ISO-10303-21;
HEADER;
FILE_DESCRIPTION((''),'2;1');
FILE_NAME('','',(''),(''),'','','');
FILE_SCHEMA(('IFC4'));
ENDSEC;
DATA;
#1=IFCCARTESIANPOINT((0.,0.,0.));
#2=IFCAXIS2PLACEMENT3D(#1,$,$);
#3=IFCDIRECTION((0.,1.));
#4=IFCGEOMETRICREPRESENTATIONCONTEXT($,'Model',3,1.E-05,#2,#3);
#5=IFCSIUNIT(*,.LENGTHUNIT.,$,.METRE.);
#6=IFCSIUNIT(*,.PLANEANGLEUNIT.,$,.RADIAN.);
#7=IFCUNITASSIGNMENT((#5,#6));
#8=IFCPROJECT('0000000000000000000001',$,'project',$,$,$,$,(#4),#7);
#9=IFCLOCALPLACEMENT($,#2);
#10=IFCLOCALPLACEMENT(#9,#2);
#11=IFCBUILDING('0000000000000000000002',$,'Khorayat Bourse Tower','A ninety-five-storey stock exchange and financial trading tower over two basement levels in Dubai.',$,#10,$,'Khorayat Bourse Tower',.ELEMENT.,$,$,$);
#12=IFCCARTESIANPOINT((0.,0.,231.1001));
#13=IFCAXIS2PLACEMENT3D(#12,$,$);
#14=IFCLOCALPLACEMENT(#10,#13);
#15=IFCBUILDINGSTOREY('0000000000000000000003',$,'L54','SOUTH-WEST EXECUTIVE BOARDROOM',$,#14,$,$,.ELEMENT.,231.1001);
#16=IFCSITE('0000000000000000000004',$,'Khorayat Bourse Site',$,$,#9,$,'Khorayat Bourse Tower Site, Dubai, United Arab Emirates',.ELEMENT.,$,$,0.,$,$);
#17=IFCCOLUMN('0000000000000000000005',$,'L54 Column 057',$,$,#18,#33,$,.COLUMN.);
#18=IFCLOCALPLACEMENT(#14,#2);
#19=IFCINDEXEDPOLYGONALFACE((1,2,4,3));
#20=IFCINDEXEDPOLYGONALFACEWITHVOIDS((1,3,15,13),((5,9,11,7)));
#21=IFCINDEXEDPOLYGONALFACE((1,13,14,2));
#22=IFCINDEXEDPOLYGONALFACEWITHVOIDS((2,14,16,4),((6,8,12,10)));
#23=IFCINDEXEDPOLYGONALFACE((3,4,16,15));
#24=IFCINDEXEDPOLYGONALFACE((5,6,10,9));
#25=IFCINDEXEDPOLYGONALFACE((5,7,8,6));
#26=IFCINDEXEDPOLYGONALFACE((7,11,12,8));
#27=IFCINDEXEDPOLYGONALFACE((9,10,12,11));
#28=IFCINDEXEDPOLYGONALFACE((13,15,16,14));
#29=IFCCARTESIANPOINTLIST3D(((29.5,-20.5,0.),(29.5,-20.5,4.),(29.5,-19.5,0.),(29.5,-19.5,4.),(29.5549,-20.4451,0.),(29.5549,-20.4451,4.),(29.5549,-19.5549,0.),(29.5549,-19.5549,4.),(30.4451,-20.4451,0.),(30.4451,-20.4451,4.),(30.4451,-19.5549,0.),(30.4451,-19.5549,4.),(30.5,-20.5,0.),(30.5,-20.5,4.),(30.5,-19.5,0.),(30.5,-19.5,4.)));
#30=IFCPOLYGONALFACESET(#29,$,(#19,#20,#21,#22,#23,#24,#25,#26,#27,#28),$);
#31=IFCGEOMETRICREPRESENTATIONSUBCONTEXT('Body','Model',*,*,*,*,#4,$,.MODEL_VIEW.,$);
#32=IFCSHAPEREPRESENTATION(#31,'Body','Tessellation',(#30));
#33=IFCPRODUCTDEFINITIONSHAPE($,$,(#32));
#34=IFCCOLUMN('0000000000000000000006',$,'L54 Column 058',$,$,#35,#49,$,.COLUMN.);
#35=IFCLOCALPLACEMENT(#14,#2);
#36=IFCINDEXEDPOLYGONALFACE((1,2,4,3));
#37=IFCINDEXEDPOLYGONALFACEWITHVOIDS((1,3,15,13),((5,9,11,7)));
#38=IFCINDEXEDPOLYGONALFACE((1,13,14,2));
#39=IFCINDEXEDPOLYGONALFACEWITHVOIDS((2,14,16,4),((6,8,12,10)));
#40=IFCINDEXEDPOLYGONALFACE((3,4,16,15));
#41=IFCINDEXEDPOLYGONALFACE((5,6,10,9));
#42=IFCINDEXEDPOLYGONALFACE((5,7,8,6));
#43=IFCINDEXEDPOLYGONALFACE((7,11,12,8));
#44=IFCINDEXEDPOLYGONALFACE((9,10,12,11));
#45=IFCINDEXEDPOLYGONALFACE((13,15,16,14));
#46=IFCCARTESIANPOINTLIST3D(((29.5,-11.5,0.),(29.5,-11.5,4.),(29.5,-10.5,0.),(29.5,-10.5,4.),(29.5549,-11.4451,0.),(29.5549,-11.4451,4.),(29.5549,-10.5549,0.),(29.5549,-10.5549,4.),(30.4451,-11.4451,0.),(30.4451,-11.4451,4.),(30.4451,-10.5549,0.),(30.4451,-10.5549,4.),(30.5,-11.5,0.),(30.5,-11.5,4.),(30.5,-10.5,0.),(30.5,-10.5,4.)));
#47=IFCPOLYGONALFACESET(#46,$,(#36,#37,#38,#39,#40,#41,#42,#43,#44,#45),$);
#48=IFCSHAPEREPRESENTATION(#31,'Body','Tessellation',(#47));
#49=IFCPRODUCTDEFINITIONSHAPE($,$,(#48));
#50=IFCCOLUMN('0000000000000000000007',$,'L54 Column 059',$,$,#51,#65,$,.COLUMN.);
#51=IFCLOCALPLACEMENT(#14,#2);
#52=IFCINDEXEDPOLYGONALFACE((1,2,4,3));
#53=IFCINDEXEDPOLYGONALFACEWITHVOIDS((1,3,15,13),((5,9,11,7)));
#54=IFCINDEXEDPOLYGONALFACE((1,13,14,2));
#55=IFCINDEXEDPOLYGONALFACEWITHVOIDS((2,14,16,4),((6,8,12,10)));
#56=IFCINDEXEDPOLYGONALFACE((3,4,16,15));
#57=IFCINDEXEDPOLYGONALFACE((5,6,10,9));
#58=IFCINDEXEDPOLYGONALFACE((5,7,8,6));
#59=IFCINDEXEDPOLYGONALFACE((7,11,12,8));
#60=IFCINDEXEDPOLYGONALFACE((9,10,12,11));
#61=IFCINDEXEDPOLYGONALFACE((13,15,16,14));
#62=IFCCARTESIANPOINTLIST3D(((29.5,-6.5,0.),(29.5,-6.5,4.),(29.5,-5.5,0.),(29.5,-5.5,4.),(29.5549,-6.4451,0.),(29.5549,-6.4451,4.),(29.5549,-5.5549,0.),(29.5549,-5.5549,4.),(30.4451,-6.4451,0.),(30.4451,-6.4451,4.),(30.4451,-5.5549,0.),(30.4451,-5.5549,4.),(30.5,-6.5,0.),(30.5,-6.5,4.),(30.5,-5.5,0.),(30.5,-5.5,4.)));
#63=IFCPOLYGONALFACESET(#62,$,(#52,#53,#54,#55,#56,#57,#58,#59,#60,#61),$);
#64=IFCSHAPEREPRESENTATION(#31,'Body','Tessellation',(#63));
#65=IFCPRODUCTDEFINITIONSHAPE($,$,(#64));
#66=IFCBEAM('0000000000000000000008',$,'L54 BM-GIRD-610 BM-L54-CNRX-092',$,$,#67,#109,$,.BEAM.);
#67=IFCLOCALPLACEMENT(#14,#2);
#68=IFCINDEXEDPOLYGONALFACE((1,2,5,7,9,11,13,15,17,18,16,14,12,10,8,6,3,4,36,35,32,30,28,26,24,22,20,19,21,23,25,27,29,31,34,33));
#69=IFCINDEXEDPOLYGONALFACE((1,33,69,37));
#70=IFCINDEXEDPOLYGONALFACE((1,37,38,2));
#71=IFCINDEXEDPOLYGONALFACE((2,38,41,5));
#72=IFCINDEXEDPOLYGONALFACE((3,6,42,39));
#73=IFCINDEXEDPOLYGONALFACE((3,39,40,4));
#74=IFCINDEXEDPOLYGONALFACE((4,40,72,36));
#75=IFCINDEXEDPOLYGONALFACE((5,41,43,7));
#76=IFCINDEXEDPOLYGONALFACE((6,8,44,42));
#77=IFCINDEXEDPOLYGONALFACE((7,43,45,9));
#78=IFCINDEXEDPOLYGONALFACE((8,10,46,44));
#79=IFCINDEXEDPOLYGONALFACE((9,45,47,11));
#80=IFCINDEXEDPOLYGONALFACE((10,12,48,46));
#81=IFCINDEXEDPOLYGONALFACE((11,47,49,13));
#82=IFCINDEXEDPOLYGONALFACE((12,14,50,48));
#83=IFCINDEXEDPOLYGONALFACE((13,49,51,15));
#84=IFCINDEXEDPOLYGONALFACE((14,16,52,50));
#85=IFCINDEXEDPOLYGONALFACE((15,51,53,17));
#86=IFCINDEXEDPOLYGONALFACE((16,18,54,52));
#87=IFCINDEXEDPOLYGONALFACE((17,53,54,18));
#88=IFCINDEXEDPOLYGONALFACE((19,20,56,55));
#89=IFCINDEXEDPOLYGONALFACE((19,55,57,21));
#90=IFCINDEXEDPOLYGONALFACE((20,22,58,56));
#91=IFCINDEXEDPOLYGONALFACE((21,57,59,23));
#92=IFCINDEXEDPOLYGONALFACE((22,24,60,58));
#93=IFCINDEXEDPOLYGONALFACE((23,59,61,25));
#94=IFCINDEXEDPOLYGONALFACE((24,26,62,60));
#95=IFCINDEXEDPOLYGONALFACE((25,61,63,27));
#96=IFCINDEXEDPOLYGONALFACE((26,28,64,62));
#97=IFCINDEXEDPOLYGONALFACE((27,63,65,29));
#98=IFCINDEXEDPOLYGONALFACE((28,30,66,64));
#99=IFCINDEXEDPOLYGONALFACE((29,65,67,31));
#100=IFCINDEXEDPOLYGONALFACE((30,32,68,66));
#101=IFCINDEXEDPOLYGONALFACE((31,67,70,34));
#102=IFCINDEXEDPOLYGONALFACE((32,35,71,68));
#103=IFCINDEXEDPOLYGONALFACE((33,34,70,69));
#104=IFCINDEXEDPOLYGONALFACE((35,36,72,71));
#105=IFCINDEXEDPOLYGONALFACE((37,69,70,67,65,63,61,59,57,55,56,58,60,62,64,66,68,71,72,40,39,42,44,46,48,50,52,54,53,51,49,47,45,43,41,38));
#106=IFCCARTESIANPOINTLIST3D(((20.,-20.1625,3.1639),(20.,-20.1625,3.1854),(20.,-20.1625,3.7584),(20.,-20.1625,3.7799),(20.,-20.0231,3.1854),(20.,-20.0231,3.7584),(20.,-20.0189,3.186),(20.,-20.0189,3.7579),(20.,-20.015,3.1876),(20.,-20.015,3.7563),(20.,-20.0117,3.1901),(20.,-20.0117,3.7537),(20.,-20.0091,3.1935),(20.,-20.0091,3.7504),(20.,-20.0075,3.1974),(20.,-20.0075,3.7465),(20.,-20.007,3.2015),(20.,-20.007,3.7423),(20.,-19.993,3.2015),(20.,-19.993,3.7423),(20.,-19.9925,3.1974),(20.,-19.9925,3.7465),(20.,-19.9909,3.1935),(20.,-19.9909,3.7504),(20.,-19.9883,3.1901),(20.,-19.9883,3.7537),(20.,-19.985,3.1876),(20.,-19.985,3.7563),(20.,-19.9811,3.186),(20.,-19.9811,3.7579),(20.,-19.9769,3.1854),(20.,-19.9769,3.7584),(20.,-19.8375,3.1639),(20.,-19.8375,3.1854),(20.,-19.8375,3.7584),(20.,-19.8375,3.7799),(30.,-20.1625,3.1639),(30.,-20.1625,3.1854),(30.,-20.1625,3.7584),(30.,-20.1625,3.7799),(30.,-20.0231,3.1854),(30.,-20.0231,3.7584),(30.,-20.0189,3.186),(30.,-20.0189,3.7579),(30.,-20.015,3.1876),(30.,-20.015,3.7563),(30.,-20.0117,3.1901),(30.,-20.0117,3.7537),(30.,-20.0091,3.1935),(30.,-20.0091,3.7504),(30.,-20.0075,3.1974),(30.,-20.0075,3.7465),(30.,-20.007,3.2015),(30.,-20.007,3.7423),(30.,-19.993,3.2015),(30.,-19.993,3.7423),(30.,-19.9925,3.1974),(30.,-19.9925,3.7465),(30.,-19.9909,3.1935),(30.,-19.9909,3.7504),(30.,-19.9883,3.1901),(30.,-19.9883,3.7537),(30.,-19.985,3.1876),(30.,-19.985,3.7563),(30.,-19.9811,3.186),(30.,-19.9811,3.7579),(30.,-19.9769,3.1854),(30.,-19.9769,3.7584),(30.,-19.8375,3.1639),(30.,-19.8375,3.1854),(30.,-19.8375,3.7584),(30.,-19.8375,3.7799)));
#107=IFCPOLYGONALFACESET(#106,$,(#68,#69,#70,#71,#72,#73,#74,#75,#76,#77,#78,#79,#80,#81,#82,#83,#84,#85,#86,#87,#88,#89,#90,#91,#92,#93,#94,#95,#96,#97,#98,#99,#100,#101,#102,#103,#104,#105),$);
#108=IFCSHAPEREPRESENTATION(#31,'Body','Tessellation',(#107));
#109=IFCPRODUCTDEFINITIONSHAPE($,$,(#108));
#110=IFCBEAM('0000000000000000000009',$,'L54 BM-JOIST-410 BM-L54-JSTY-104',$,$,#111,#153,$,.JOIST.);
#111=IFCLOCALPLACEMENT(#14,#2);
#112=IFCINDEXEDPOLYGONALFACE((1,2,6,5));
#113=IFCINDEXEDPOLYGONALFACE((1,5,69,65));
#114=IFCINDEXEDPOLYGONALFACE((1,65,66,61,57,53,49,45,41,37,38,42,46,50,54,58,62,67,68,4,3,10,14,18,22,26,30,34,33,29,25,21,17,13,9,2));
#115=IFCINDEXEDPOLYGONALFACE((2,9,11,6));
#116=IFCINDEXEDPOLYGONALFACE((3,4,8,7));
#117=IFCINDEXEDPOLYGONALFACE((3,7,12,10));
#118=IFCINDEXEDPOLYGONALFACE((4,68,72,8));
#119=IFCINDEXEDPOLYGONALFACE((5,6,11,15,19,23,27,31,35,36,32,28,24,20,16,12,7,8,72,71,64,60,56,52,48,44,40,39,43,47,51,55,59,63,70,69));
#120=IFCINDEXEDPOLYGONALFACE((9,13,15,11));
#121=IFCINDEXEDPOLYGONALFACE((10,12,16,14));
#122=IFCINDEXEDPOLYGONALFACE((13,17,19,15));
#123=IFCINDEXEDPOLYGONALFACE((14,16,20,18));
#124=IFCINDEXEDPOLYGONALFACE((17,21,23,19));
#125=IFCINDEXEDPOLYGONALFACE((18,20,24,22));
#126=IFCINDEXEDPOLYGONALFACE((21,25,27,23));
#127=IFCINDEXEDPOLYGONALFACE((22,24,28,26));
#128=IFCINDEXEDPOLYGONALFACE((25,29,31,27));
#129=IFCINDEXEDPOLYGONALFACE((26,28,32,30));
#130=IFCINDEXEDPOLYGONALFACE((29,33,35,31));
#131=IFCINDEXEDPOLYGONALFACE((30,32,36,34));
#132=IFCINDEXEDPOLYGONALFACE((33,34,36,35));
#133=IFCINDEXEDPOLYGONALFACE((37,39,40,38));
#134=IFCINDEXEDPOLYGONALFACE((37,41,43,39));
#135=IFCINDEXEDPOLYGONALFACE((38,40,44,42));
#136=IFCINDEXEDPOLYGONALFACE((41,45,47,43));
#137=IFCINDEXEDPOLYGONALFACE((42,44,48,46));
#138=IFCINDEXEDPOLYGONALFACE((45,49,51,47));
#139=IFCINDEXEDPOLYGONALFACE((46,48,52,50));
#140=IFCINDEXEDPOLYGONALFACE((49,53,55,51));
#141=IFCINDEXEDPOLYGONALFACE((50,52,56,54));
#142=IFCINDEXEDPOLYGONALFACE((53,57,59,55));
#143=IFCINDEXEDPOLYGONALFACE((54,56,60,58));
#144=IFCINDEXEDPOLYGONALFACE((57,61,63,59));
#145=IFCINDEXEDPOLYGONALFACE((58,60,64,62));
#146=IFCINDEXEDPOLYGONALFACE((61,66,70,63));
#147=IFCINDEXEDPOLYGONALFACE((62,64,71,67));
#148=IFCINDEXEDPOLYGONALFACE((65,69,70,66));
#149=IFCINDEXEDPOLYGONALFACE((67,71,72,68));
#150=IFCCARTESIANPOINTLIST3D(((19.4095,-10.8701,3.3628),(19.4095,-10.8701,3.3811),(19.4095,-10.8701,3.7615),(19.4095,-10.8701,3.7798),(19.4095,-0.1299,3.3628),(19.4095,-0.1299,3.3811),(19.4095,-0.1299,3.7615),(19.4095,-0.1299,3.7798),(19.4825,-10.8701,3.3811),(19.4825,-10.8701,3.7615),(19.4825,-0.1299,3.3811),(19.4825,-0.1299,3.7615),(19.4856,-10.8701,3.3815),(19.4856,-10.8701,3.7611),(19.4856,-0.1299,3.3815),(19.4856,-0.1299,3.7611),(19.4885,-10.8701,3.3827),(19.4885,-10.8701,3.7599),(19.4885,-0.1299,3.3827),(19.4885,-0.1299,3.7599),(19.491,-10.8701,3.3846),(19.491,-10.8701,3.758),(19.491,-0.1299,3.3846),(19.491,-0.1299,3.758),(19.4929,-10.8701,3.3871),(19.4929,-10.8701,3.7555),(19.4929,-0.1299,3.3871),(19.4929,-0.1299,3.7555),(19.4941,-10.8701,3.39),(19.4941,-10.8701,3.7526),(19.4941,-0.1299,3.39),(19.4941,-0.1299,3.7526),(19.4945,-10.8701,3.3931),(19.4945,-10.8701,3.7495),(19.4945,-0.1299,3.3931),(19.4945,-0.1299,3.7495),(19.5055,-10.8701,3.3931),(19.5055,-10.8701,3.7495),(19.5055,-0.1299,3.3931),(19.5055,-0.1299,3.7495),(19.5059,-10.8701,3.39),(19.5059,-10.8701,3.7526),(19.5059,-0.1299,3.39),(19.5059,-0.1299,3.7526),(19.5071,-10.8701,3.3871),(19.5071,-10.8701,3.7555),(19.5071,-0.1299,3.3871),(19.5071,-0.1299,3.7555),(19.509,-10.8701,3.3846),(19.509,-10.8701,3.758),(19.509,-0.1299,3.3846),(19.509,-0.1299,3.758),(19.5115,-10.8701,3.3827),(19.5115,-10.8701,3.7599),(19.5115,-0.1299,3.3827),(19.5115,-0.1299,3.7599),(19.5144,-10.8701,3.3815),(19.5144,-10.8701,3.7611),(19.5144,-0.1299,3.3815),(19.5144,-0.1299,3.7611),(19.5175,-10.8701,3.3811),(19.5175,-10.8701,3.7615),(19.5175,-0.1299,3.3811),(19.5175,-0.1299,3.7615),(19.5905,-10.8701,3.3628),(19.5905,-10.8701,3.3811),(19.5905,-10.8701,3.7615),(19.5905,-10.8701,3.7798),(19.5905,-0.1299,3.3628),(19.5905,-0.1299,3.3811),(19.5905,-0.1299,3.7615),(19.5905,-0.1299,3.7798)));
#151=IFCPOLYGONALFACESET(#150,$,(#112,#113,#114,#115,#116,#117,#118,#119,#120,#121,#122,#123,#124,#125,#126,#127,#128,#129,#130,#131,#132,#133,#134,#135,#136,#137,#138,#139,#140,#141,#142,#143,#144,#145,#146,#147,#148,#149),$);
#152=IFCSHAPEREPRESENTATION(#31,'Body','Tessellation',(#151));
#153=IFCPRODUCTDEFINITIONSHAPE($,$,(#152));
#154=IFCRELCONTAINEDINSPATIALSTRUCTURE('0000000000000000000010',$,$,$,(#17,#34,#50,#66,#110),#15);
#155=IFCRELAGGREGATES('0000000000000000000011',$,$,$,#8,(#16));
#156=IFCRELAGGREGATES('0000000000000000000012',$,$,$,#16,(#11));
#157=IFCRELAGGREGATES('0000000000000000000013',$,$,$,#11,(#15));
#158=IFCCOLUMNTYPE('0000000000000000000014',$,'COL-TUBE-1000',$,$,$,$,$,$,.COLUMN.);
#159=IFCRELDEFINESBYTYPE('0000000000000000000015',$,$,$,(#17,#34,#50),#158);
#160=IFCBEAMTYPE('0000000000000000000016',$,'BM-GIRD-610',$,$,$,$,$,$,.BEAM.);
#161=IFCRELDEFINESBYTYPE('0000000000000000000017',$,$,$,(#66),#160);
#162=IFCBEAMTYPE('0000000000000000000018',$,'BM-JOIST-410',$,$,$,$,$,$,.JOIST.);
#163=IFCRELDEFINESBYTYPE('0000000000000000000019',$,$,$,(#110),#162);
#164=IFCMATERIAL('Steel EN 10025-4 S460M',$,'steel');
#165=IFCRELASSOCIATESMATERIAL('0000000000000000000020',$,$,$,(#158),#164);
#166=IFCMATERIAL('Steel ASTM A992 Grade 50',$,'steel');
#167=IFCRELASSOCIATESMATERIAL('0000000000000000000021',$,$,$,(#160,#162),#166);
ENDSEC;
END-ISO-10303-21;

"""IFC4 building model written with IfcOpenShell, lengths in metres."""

from ifc_helpers import new_model, si_unit, direction, frame, origin, origin_2d, place, context, subcontext, project, spatial, hollow_rectangle, i_section, extrude, source, transform, mapped, material, material_profile, profile_set, type_object, element, save


model = new_model("IFC4")

# Units and contexts
model_context = context("Model", 3, precision=1e-05, world=origin(), true_north=direction((0.0, 1.0)))
body_context = subcontext(model_context, "Body", "Model", "MODEL_VIEW")
ifc_project = project(units=[si_unit("LENGTHUNIT", "METRE"), si_unit("PLANEANGLEUNIT", "RADIAN")], contexts=[model_context])

# Site, building, storey
site_placement = place(None, origin())
site = spatial("IfcSite", under=ifc_project, at=site_placement, Name="Khorayat Bourse Site", LongName="Khorayat Bourse Tower Site, Dubai, United Arab Emirates", CompositionType="ELEMENT", RefElevation=0.0)
building_placement = place(site_placement, origin())
building = spatial("IfcBuilding", under=site, at=building_placement, Name="Khorayat Bourse Tower", Description="A ninety-five-storey stock exchange and financial trading tower over two basement levels in Dubai.", LongName="Khorayat Bourse Tower", CompositionType="ELEMENT")
storey_placement = place(building_placement, frame((0.0, 0.0, 231.1001)))
storey = spatial("IfcBuildingStorey", under=building, at=storey_placement, Name="L54", Description="SOUTH-WEST EXECUTIVE BOARDROOM", CompositionType="ELEMENT", Elevation=231.1001)

# Columns
ifc_material_1 = material(Name="Steel EN 10025-4 S460M", Category="steel")
ifc_material_profile_1 = material_profile(ifc_material_1, hollow_rectangle(XDim=1.0, YDim=1.0, WallThickness=0.0549, at=origin_2d()), Name="BOX 1000x1000x55")
ifc_profile_set_1 = profile_set([ifc_material_profile_1], Name="Steel EN 10025-4 S460M")
column_type = type_object("IfcColumnType", Name="COL-TUBE-1000", PredefinedType="COLUMN", material=ifc_profile_set_1)
shared_shape_1 = source(origin(), body_context, "Body", "SweptSolid", [
    extrude(hollow_rectangle(XDim=1.0, YDim=1.0, WallThickness=0.0549, at=origin_2d()), origin(), (0.0, 0.0, 1.0), 4.0),
])
for number, where, z_axis, x_axis, name in (
    (1, (30.0, -20.0, 0.0), (0.0, 0.0, 1.0), (1.0, 0.0, 0.0), "L54 Column 057"),
    (2, (30.0, -11.0, 0.0), (0.0, 0.0, 1.0), (1.0, 0.0, 0.0), "L54 Column 058"),
    (3, (30.0, -6.0, 0.0), (0.0, 0.0, 1.0), (1.0, 0.0, 0.0), "L54 Column 059"),
):
    element("IfcColumn", number, at=place(storey_placement, frame(where, z_axis=z_axis, x_axis=x_axis)), inside=storey, type_object=column_type, Name=name, PredefinedType="COLUMN", context=body_context, shape_type="MappedRepresentation", body=[
        mapped(shared_shape_1, transform((0.0, 0.0, 0.0), scale=1.0)),
    ])

# Beams
ifc_material_2 = material(Name="Steel ASTM A992 Grade 50", Category="steel")
ifc_material_profile_2 = material_profile(ifc_material_2, i_section(OverallWidth=0.325, OverallDepth=0.616, WebThickness=0.0139, FlangeThickness=0.0215, FilletRadius=0.0161, at=origin_2d()), Name="W610X174")
ifc_profile_set_2 = profile_set([ifc_material_profile_2], Name="Steel ASTM A992 Grade 50")
beam_type_1 = type_object("IfcBeamType", Name="BM-GIRD-610", PredefinedType="BEAM", material=ifc_profile_set_2)
shared_shape_2 = source(origin(), body_context, "Body", "SweptSolid", [
    extrude(i_section(OverallWidth=0.325, OverallDepth=0.616, WebThickness=0.0139, FlangeThickness=0.0215, FilletRadius=0.0161, at=origin_2d()), origin(), (0.0, 0.0, 1.0), 10.0),
])
beam_1_placement = place(storey_placement, frame((20.0, -20.0, 3.4719), z_axis=(1.0, 0.0, 0.0), x_axis=(0.0, 1.0, 0.0)))
element("IfcBeam", 4, at=beam_1_placement, inside=storey, type_object=beam_type_1, Name="L54 BM-GIRD-610 BM-L54-CNRX-092", PredefinedType="BEAM", context=body_context, shape_type="MappedRepresentation", body=[
    mapped(shared_shape_2, transform((0.0, 0.0, 0.0), scale=1.0)),
])
ifc_material_profile_3 = material_profile(ifc_material_2, i_section(OverallWidth=0.1809, OverallDepth=0.417, WebThickness=0.011, FlangeThickness=0.0183, FilletRadius=0.012, at=origin_2d()), Name="W410X85")
ifc_profile_set_3 = profile_set([ifc_material_profile_3], Name="Steel ASTM A992 Grade 50")
beam_type_2 = type_object("IfcBeamType", Name="BM-JOIST-410", PredefinedType="JOIST", material=ifc_profile_set_3)
shared_shape_3 = source(origin(), body_context, "Body", "SweptSolid", [
    extrude(i_section(OverallWidth=0.1809, OverallDepth=0.417, WebThickness=0.011, FlangeThickness=0.0183, FilletRadius=0.012, at=origin_2d()), origin(), (0.0, 0.0, 1.0), 10.7402),
])
beam_2_placement = place(storey_placement, frame((19.5, -10.8701, 3.5713), z_axis=(0.0, 1.0, 0.0), x_axis=(-1.0, 0.0, 0.0)))
element("IfcBeam", 5, at=beam_2_placement, inside=storey, type_object=beam_type_2, Name="L54 BM-JOIST-410 BM-L54-JSTY-104", PredefinedType="JOIST", context=body_context, shape_type="MappedRepresentation", body=[
    mapped(shared_shape_3, transform((0.0, 0.0, 0.0), scale=1.0)),
])

save(model, "model.ifc")
